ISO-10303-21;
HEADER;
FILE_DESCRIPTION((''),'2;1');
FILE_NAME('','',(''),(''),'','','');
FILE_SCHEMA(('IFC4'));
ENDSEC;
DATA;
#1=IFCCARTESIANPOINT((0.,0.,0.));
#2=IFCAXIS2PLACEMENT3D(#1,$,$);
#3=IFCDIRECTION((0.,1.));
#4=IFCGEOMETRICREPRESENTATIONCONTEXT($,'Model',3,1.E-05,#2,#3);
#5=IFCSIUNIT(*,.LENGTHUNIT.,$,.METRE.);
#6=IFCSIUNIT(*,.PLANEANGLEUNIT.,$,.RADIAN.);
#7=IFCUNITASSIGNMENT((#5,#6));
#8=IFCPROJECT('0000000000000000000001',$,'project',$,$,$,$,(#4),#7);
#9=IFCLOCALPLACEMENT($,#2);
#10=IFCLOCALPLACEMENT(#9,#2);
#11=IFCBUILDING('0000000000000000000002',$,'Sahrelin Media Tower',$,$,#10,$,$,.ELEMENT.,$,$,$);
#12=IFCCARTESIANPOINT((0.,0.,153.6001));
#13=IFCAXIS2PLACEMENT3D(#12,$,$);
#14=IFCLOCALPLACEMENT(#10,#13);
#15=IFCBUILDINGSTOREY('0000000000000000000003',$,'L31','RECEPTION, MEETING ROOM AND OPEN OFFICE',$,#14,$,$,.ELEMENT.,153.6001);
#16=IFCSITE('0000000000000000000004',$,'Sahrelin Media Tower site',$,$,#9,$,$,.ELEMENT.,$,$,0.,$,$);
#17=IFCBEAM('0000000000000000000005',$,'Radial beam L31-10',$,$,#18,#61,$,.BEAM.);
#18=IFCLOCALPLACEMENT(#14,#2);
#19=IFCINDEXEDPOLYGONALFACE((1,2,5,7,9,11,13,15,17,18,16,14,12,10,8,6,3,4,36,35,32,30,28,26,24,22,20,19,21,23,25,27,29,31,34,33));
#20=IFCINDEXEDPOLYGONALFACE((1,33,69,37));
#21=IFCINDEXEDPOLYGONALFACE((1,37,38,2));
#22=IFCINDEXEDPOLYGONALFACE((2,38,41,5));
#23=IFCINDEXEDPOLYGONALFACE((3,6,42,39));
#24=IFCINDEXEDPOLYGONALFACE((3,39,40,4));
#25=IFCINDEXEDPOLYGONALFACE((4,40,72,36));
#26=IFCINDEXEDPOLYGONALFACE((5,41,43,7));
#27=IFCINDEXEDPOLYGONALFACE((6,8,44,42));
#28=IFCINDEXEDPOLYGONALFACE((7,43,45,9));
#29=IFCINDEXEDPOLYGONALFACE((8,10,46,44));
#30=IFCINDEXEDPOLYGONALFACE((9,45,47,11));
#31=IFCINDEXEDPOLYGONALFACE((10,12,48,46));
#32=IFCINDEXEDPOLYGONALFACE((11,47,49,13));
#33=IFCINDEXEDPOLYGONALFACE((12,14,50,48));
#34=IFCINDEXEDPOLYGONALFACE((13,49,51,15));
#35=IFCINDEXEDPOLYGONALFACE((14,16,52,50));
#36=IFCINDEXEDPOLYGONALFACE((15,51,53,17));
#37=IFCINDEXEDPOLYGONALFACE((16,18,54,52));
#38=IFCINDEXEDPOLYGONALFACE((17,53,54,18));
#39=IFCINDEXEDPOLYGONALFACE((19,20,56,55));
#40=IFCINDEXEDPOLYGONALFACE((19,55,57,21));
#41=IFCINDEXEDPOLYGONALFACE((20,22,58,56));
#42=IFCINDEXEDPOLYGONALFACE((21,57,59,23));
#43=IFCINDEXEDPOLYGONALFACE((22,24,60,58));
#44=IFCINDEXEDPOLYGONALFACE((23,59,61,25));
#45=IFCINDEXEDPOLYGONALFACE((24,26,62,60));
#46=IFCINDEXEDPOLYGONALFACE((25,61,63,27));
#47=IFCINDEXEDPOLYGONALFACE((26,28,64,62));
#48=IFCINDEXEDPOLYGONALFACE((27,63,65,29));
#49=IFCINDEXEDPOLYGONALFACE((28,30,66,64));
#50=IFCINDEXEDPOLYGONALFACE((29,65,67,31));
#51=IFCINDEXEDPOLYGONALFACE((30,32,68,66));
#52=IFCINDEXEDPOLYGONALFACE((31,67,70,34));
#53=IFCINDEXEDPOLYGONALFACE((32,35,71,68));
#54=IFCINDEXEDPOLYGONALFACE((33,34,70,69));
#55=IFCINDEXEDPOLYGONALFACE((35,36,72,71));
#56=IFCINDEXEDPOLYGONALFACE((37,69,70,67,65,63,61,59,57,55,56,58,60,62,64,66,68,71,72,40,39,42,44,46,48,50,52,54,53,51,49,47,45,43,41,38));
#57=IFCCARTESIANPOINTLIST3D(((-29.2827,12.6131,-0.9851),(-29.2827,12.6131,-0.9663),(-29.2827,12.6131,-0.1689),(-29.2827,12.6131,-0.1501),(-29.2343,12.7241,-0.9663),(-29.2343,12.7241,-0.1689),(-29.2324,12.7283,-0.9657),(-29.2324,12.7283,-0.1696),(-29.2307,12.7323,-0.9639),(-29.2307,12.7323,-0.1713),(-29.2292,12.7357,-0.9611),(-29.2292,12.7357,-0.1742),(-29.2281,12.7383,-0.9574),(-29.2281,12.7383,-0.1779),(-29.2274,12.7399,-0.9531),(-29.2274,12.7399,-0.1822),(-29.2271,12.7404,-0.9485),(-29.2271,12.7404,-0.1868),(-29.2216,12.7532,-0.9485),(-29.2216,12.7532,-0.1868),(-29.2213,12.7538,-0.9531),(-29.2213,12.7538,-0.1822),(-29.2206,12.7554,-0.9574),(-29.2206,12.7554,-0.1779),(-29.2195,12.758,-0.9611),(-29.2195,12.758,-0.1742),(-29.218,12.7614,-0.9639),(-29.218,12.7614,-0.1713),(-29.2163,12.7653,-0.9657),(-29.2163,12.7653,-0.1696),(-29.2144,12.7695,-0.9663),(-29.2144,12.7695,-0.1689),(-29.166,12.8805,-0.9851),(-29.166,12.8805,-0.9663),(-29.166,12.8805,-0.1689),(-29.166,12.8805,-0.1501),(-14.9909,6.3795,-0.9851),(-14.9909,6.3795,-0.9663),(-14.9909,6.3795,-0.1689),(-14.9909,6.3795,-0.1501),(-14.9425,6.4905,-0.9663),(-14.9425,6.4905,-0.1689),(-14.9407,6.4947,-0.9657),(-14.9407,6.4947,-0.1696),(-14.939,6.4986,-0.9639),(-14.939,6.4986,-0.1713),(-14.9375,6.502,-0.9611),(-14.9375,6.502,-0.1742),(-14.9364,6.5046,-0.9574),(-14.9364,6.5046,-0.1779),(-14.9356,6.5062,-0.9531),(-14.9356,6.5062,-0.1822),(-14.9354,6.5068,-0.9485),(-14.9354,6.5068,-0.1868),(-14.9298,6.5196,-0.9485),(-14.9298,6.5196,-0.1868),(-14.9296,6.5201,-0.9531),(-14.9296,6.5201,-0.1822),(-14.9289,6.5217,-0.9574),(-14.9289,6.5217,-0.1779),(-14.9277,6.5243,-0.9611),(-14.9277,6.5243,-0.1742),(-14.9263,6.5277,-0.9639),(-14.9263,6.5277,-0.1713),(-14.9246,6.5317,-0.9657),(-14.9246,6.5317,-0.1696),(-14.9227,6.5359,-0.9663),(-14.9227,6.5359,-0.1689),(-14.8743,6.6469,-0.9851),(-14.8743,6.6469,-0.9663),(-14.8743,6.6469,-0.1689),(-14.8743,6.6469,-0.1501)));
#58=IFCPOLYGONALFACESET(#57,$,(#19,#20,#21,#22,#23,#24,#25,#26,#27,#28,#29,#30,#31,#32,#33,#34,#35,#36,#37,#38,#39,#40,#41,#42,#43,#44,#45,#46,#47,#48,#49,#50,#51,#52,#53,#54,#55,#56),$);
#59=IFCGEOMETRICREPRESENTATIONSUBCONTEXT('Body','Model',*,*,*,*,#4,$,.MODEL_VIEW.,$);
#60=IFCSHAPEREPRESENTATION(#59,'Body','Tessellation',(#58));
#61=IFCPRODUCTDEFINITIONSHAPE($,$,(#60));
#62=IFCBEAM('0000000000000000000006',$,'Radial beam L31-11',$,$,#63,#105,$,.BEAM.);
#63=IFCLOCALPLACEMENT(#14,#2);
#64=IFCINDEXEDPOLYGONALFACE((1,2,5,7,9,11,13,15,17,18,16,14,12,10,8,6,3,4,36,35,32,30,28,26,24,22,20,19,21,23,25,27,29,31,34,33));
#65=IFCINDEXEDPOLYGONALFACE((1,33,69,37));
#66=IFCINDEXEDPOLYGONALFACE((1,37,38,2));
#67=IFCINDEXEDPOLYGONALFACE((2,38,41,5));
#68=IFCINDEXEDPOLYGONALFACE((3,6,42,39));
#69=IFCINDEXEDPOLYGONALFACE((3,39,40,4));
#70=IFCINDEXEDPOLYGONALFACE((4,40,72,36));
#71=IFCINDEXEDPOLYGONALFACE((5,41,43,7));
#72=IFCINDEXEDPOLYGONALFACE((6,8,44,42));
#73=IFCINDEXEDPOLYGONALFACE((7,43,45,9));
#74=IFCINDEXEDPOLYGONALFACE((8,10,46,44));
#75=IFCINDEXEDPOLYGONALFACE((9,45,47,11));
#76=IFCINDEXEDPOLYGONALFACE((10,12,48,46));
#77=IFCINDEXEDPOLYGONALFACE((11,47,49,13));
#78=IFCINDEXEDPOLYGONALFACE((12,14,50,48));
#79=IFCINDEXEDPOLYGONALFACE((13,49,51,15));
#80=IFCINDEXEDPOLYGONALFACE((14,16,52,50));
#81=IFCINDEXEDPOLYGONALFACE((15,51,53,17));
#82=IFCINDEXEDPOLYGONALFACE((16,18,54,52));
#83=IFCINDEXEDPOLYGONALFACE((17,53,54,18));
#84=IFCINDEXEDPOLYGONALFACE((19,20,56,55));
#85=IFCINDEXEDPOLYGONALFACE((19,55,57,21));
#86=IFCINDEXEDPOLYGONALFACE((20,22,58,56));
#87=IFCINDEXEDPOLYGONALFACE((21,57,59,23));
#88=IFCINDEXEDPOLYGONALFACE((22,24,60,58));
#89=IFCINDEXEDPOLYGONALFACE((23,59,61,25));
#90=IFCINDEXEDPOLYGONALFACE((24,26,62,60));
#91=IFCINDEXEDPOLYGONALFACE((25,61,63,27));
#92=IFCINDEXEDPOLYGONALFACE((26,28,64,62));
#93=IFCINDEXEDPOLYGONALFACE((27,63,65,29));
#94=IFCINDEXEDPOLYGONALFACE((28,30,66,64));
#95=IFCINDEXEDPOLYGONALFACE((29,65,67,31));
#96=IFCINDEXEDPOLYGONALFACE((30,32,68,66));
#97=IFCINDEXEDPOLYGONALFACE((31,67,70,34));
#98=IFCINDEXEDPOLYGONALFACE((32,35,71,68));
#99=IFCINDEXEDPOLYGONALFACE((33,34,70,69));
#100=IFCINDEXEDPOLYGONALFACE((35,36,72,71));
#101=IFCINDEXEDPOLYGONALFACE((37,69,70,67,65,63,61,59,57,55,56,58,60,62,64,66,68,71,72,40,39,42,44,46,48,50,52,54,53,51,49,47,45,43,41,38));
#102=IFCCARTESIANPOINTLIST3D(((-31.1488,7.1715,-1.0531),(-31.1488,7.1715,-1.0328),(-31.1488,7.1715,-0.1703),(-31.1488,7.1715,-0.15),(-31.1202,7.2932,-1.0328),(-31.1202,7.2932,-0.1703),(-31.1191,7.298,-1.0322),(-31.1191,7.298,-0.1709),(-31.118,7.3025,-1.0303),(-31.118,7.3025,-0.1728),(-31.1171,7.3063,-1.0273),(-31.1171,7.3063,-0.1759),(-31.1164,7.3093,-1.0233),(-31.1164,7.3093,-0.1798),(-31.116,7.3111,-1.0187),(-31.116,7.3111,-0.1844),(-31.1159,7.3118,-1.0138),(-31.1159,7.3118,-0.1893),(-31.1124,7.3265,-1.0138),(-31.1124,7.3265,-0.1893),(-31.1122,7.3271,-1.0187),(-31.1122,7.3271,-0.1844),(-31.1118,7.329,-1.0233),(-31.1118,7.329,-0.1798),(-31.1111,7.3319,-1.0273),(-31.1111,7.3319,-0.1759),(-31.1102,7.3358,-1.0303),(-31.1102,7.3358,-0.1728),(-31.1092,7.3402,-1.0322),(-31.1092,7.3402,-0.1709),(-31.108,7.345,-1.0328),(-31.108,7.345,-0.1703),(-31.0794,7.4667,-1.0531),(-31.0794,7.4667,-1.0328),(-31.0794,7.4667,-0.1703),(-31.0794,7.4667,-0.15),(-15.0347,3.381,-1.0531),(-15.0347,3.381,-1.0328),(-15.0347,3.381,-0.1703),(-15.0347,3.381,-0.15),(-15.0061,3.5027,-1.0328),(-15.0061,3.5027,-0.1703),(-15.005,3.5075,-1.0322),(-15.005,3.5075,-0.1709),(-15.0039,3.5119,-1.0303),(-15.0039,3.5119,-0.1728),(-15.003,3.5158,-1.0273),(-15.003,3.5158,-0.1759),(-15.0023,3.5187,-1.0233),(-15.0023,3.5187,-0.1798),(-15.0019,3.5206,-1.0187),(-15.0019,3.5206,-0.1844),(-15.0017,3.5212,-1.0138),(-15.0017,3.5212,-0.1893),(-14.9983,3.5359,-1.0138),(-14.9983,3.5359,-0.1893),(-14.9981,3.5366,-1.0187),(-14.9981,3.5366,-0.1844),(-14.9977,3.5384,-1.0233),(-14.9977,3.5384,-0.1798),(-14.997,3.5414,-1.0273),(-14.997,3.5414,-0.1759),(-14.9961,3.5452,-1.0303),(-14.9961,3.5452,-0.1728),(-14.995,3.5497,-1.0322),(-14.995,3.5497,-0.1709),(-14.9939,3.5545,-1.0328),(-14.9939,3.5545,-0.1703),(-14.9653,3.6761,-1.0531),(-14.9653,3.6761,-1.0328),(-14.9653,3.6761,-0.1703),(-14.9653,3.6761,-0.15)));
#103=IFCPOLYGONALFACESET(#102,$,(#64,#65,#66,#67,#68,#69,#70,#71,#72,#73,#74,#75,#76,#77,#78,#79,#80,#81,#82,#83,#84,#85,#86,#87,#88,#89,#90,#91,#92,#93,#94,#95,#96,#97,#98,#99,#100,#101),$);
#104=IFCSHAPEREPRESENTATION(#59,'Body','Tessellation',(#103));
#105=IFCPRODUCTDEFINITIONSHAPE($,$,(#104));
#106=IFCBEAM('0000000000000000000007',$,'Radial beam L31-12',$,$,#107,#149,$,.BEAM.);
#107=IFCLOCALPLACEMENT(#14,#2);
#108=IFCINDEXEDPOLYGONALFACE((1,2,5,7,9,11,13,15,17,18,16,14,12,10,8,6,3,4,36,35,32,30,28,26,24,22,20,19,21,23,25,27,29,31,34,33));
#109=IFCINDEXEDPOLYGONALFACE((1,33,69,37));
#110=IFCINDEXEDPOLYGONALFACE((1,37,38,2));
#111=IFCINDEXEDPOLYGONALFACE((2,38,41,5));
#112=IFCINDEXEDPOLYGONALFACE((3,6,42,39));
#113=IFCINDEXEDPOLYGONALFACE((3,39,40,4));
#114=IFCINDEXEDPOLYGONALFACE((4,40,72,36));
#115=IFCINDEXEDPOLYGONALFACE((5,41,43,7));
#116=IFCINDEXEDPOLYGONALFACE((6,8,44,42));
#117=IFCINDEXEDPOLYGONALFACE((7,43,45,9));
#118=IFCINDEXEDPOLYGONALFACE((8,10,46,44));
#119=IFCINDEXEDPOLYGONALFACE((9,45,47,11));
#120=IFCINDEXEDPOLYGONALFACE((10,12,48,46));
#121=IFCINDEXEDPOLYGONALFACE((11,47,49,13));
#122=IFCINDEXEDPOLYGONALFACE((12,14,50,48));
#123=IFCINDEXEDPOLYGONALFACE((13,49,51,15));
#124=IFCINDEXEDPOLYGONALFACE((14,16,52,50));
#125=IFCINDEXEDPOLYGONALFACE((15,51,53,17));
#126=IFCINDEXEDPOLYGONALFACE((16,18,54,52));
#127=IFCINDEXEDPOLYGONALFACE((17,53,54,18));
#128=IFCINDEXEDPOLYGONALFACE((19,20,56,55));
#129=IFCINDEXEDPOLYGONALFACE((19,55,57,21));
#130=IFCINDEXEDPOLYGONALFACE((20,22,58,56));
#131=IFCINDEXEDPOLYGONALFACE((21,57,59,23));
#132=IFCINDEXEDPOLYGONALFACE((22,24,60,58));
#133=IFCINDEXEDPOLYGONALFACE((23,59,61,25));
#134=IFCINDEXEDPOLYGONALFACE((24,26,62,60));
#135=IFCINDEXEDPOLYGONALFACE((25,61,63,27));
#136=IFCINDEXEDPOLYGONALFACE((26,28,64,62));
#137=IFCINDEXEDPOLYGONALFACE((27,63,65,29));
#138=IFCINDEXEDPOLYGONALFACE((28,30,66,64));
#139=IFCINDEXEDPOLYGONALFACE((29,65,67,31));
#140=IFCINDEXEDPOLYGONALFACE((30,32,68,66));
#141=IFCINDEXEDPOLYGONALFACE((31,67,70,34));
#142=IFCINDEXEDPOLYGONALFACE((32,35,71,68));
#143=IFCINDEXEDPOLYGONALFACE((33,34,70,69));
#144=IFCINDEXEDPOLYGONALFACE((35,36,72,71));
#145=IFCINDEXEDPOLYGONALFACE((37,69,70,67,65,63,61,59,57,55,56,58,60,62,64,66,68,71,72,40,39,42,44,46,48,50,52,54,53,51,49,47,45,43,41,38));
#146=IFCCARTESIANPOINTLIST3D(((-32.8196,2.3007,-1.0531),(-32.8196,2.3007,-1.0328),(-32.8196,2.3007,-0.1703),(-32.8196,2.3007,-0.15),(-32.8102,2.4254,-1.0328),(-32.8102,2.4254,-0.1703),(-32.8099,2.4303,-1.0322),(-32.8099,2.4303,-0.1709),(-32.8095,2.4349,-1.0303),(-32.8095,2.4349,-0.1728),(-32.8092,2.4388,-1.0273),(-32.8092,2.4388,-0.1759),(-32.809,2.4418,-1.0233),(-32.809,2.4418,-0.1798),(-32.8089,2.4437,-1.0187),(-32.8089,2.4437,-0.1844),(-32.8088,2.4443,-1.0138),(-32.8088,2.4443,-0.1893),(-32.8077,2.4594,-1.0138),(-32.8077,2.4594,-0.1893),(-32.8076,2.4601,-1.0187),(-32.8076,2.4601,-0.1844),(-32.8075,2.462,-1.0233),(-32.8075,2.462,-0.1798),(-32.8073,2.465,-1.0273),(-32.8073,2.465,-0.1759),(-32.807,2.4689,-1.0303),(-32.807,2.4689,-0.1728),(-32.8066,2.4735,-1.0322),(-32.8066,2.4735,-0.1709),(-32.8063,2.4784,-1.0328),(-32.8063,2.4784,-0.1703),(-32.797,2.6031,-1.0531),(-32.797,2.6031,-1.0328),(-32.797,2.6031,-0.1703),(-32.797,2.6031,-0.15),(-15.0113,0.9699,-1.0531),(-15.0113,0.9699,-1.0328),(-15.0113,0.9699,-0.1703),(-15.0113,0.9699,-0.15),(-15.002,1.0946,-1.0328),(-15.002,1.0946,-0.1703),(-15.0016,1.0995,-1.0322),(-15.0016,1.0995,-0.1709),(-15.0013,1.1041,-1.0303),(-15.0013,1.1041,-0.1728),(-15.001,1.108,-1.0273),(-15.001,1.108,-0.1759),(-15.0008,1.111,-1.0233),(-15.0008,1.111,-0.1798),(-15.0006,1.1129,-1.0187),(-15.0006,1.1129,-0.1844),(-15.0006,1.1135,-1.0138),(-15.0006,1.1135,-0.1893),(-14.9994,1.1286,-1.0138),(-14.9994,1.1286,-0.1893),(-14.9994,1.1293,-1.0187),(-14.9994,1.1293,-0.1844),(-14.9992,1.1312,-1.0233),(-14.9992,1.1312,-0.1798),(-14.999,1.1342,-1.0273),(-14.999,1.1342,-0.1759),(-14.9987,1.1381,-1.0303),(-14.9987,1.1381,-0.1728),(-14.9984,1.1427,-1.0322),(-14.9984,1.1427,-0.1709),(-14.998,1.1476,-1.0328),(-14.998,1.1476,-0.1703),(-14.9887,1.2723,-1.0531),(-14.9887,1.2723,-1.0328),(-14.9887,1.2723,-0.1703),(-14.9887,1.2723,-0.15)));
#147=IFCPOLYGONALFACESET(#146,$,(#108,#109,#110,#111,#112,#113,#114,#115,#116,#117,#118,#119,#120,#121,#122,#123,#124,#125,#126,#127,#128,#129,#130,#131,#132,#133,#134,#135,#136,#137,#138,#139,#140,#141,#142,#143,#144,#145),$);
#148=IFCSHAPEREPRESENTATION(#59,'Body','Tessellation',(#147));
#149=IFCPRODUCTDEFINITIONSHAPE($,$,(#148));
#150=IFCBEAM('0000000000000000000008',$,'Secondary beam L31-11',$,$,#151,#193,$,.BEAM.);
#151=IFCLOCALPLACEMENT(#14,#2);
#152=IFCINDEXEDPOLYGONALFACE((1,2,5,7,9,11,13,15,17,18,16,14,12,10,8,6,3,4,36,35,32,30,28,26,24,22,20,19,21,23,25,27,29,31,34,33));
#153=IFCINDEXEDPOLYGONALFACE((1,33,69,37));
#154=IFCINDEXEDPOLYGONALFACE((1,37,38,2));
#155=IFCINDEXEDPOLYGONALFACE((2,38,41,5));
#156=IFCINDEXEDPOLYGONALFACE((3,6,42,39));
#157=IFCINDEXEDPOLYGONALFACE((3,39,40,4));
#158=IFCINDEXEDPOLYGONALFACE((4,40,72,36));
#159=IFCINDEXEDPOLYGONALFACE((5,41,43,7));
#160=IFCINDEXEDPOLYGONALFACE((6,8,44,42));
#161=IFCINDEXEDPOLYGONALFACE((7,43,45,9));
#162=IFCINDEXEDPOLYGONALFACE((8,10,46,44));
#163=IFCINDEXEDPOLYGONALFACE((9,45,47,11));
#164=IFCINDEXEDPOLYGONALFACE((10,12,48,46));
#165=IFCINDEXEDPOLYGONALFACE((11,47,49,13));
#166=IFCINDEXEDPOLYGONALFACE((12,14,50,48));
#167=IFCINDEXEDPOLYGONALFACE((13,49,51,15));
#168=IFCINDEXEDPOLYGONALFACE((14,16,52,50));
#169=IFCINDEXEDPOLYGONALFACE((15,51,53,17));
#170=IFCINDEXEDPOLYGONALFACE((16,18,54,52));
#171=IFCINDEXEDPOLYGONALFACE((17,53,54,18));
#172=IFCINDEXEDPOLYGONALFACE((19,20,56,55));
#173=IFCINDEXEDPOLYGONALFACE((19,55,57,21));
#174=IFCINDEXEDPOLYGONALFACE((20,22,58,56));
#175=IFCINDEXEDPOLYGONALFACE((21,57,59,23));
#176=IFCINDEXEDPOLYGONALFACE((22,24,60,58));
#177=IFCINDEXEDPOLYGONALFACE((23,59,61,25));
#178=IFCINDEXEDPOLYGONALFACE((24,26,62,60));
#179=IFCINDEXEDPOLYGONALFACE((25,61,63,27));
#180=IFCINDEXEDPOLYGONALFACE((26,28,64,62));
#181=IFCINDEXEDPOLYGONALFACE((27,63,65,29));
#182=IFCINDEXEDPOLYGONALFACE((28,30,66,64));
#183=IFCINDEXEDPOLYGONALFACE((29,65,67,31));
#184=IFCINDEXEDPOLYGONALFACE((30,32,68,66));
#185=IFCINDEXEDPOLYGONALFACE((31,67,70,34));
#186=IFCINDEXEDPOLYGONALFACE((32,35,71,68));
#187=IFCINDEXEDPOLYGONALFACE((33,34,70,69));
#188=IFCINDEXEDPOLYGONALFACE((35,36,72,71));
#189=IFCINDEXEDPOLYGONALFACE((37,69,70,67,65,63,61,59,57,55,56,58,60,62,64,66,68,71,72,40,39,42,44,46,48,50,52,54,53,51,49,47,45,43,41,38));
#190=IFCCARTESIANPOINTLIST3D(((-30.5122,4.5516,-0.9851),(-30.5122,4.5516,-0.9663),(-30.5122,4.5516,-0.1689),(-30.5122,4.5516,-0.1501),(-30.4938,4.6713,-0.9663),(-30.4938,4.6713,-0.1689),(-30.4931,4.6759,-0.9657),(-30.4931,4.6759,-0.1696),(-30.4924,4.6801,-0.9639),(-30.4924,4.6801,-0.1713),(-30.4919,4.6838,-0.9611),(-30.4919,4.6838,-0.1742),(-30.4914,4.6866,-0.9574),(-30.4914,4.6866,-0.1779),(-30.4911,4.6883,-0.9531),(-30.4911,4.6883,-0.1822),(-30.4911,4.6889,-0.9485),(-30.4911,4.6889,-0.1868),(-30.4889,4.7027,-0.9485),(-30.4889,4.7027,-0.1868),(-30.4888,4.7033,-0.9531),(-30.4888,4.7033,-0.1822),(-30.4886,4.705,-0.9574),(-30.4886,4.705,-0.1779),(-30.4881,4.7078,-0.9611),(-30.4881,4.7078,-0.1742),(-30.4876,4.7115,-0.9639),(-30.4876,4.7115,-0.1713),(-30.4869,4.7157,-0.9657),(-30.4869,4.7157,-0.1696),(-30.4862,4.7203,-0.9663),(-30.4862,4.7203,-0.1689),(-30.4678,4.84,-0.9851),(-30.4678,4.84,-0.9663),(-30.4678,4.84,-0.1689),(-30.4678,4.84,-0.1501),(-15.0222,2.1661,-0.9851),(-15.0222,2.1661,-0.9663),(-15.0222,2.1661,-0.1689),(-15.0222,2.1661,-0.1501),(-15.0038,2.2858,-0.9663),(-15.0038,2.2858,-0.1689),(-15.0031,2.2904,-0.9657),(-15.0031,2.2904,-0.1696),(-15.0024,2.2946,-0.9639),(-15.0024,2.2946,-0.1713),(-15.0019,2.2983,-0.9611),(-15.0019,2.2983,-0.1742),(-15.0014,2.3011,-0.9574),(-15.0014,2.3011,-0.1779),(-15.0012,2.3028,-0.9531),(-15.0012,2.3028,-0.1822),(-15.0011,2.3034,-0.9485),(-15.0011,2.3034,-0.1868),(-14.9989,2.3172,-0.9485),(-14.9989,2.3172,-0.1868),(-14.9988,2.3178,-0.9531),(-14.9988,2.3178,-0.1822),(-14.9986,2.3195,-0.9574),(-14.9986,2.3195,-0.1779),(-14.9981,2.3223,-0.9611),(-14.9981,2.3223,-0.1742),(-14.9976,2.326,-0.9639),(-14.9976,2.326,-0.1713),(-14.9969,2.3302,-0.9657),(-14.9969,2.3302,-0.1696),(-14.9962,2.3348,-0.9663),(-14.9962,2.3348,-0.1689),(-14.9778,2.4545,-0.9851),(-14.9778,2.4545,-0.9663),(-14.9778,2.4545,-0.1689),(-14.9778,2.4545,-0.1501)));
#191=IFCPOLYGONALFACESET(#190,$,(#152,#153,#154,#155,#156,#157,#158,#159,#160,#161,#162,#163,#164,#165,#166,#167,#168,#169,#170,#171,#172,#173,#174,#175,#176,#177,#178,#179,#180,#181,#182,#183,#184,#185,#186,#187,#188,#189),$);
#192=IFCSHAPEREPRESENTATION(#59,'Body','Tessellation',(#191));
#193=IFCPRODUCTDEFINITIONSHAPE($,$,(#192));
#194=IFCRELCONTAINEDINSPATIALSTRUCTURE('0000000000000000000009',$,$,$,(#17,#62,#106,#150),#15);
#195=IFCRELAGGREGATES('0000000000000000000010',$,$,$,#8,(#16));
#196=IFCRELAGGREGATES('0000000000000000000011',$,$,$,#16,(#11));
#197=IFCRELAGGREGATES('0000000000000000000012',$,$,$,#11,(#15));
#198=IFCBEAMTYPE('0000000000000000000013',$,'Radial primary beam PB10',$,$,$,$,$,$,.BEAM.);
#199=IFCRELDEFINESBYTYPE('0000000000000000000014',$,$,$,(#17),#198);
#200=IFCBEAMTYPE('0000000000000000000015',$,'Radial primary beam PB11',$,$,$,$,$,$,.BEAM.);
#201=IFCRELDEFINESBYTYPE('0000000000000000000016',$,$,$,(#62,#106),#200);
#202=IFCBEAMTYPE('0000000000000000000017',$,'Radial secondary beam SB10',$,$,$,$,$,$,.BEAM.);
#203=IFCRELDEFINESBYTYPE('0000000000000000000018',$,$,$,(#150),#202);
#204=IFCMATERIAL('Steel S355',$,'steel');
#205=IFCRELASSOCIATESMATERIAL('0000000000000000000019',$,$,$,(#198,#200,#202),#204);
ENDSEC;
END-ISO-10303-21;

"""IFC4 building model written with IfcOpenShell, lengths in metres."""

from ifc_helpers import new_model, si_unit, direction, frame, origin, origin_2d, place, context, subcontext, project, spatial, i_section, extrude, material, material_profile, profile_set, type_object, element, save


model = new_model("IFC4")

# Units and contexts
model_context = context("Model", 3, precision=1e-05, world=origin(), true_north=direction((0.0, 1.0)))
body_context = subcontext(model_context, "Body", "Model", "MODEL_VIEW")
ifc_project = project(units=[si_unit("LENGTHUNIT", "METRE"), si_unit("PLANEANGLEUNIT", "RADIAN")], contexts=[model_context])

# Site, building, storey
site_placement = place(None, origin())
site = spatial("IfcSite", under=ifc_project, at=site_placement, Name="Sahrelin Media Tower site", CompositionType="ELEMENT", RefElevation=0.0)
building_placement = place(site_placement, origin())
building = spatial("IfcBuilding", under=site, at=building_placement, Name="Sahrelin Media Tower", CompositionType="ELEMENT")
storey_placement = place(building_placement, frame((0.0, 0.0, 153.6001)))
storey = spatial("IfcBuildingStorey", under=building, at=storey_placement, Name="L31", Description="RECEPTION, MEETING ROOM AND OPEN OFFICE", CompositionType="ELEMENT", Elevation=153.6001)

# Beams
ifc_material_1 = material(Name="Steel S355", Category="steel")
ifc_material_profile_1 = material_profile(ifc_material_1, i_section(OverallWidth=0.2917, OverallDepth=0.835, WebThickness=0.0139, FlangeThickness=0.0188, FilletRadius=0.0178, at=origin_2d()), Name="UB 838x292x176")
ifc_profile_set_1 = profile_set([ifc_material_profile_1], Name="Steel S355")
beam_type_1 = type_object("IfcBeamType", Name="Radial primary beam PB10", PredefinedType="BEAM", material=ifc_profile_set_1)
beam_1_placement = place(storey_placement, frame((-14.9326, 6.5132, -0.5676), z_axis=(-0.916604, 0.399796, 0.0), x_axis=(-0.399796, -0.916604, 0.0)))
element("IfcBeam", 1, at=beam_1_placement, inside=storey, type_object=beam_type_1, Name="Radial beam L31-10", PredefinedType="BEAM", context=body_context, shape_type="SweptSolid", body=[
    extrude(i_section(OverallWidth=0.2917, OverallDepth=0.835, WebThickness=0.0139, FlangeThickness=0.0188, FilletRadius=0.0178, at=origin_2d()), origin(), (0.0, 0.0, 1.0), 15.592),
])
ifc_material_profile_2 = material_profile(ifc_material_1, i_section(OverallWidth=0.3032, OverallDepth=0.9031, WebThickness=0.0151, FlangeThickness=0.0203, FilletRadius=0.019, at=origin_2d()), Name="UB 914x305x201")
ifc_profile_set_2 = profile_set([ifc_material_profile_2], Name="Steel S355")
beam_type_2 = type_object("IfcBeamType", Name="Radial primary beam PB11", PredefinedType="BEAM", material=ifc_profile_set_2)
beam_2_placement = place(storey_placement, frame((-15.0, 3.5286, -0.6016), z_axis=(-0.973431, 0.228982, 0.0), x_axis=(-0.228982, -0.973431, 0.0)))
element("IfcBeam", 2, at=beam_2_placement, inside=storey, type_object=beam_type_2, Name="Radial beam L31-11", PredefinedType="BEAM", context=body_context, shape_type="SweptSolid", body=[
    extrude(i_section(OverallWidth=0.3032, OverallDepth=0.9031, WebThickness=0.0151, FlangeThickness=0.0203, FilletRadius=0.019, at=origin_2d()), origin(), (0.0, 0.0, 1.0), 16.554),
])
beam_3_placement = place(storey_placement, frame((-15.0, 1.1211, -0.6016), z_axis=(-0.997219, 0.074522, 0.0), x_axis=(-0.074522, -0.997219, 0.0)))
element("IfcBeam", 3, at=beam_3_placement, inside=storey, type_object=beam_type_2, Name="Radial beam L31-12", PredefinedType="BEAM", context=body_context, shape_type="SweptSolid", body=[
    extrude(i_section(OverallWidth=0.3032, OverallDepth=0.9031, WebThickness=0.0151, FlangeThickness=0.0203, FilletRadius=0.019, at=origin_2d()), origin(), (0.0, 0.0, 1.0), 17.8579),
])
ifc_material_profile_3 = material_profile(ifc_material_1, i_section(OverallWidth=0.2917, OverallDepth=0.835, WebThickness=0.0139, FlangeThickness=0.0188, FilletRadius=0.0178, at=origin_2d()), Name="UB 838x292x176")
ifc_profile_set_3 = profile_set([ifc_material_profile_3], Name="Steel S355")
beam_type_3 = type_object("IfcBeamType", Name="Radial secondary beam SB10", PredefinedType="BEAM", material=ifc_profile_set_3)
beam_4_placement = place(storey_placement, frame((-15.0, 2.3103, -0.5676), z_axis=(-0.988348, 0.152208, 0.0), x_axis=(-0.152208, -0.988348, 0.0)))
element("IfcBeam", 4, at=beam_4_placement, inside=storey, type_object=beam_type_3, Name="Secondary beam L31-11", PredefinedType="BEAM", context=body_context, shape_type="SweptSolid", body=[
    extrude(i_section(OverallWidth=0.2917, OverallDepth=0.835, WebThickness=0.0139, FlangeThickness=0.0188, FilletRadius=0.0178, at=origin_2d()), origin(), (0.0, 0.0, 1.0), 15.6726),
])

save(model, "model.ifc")
